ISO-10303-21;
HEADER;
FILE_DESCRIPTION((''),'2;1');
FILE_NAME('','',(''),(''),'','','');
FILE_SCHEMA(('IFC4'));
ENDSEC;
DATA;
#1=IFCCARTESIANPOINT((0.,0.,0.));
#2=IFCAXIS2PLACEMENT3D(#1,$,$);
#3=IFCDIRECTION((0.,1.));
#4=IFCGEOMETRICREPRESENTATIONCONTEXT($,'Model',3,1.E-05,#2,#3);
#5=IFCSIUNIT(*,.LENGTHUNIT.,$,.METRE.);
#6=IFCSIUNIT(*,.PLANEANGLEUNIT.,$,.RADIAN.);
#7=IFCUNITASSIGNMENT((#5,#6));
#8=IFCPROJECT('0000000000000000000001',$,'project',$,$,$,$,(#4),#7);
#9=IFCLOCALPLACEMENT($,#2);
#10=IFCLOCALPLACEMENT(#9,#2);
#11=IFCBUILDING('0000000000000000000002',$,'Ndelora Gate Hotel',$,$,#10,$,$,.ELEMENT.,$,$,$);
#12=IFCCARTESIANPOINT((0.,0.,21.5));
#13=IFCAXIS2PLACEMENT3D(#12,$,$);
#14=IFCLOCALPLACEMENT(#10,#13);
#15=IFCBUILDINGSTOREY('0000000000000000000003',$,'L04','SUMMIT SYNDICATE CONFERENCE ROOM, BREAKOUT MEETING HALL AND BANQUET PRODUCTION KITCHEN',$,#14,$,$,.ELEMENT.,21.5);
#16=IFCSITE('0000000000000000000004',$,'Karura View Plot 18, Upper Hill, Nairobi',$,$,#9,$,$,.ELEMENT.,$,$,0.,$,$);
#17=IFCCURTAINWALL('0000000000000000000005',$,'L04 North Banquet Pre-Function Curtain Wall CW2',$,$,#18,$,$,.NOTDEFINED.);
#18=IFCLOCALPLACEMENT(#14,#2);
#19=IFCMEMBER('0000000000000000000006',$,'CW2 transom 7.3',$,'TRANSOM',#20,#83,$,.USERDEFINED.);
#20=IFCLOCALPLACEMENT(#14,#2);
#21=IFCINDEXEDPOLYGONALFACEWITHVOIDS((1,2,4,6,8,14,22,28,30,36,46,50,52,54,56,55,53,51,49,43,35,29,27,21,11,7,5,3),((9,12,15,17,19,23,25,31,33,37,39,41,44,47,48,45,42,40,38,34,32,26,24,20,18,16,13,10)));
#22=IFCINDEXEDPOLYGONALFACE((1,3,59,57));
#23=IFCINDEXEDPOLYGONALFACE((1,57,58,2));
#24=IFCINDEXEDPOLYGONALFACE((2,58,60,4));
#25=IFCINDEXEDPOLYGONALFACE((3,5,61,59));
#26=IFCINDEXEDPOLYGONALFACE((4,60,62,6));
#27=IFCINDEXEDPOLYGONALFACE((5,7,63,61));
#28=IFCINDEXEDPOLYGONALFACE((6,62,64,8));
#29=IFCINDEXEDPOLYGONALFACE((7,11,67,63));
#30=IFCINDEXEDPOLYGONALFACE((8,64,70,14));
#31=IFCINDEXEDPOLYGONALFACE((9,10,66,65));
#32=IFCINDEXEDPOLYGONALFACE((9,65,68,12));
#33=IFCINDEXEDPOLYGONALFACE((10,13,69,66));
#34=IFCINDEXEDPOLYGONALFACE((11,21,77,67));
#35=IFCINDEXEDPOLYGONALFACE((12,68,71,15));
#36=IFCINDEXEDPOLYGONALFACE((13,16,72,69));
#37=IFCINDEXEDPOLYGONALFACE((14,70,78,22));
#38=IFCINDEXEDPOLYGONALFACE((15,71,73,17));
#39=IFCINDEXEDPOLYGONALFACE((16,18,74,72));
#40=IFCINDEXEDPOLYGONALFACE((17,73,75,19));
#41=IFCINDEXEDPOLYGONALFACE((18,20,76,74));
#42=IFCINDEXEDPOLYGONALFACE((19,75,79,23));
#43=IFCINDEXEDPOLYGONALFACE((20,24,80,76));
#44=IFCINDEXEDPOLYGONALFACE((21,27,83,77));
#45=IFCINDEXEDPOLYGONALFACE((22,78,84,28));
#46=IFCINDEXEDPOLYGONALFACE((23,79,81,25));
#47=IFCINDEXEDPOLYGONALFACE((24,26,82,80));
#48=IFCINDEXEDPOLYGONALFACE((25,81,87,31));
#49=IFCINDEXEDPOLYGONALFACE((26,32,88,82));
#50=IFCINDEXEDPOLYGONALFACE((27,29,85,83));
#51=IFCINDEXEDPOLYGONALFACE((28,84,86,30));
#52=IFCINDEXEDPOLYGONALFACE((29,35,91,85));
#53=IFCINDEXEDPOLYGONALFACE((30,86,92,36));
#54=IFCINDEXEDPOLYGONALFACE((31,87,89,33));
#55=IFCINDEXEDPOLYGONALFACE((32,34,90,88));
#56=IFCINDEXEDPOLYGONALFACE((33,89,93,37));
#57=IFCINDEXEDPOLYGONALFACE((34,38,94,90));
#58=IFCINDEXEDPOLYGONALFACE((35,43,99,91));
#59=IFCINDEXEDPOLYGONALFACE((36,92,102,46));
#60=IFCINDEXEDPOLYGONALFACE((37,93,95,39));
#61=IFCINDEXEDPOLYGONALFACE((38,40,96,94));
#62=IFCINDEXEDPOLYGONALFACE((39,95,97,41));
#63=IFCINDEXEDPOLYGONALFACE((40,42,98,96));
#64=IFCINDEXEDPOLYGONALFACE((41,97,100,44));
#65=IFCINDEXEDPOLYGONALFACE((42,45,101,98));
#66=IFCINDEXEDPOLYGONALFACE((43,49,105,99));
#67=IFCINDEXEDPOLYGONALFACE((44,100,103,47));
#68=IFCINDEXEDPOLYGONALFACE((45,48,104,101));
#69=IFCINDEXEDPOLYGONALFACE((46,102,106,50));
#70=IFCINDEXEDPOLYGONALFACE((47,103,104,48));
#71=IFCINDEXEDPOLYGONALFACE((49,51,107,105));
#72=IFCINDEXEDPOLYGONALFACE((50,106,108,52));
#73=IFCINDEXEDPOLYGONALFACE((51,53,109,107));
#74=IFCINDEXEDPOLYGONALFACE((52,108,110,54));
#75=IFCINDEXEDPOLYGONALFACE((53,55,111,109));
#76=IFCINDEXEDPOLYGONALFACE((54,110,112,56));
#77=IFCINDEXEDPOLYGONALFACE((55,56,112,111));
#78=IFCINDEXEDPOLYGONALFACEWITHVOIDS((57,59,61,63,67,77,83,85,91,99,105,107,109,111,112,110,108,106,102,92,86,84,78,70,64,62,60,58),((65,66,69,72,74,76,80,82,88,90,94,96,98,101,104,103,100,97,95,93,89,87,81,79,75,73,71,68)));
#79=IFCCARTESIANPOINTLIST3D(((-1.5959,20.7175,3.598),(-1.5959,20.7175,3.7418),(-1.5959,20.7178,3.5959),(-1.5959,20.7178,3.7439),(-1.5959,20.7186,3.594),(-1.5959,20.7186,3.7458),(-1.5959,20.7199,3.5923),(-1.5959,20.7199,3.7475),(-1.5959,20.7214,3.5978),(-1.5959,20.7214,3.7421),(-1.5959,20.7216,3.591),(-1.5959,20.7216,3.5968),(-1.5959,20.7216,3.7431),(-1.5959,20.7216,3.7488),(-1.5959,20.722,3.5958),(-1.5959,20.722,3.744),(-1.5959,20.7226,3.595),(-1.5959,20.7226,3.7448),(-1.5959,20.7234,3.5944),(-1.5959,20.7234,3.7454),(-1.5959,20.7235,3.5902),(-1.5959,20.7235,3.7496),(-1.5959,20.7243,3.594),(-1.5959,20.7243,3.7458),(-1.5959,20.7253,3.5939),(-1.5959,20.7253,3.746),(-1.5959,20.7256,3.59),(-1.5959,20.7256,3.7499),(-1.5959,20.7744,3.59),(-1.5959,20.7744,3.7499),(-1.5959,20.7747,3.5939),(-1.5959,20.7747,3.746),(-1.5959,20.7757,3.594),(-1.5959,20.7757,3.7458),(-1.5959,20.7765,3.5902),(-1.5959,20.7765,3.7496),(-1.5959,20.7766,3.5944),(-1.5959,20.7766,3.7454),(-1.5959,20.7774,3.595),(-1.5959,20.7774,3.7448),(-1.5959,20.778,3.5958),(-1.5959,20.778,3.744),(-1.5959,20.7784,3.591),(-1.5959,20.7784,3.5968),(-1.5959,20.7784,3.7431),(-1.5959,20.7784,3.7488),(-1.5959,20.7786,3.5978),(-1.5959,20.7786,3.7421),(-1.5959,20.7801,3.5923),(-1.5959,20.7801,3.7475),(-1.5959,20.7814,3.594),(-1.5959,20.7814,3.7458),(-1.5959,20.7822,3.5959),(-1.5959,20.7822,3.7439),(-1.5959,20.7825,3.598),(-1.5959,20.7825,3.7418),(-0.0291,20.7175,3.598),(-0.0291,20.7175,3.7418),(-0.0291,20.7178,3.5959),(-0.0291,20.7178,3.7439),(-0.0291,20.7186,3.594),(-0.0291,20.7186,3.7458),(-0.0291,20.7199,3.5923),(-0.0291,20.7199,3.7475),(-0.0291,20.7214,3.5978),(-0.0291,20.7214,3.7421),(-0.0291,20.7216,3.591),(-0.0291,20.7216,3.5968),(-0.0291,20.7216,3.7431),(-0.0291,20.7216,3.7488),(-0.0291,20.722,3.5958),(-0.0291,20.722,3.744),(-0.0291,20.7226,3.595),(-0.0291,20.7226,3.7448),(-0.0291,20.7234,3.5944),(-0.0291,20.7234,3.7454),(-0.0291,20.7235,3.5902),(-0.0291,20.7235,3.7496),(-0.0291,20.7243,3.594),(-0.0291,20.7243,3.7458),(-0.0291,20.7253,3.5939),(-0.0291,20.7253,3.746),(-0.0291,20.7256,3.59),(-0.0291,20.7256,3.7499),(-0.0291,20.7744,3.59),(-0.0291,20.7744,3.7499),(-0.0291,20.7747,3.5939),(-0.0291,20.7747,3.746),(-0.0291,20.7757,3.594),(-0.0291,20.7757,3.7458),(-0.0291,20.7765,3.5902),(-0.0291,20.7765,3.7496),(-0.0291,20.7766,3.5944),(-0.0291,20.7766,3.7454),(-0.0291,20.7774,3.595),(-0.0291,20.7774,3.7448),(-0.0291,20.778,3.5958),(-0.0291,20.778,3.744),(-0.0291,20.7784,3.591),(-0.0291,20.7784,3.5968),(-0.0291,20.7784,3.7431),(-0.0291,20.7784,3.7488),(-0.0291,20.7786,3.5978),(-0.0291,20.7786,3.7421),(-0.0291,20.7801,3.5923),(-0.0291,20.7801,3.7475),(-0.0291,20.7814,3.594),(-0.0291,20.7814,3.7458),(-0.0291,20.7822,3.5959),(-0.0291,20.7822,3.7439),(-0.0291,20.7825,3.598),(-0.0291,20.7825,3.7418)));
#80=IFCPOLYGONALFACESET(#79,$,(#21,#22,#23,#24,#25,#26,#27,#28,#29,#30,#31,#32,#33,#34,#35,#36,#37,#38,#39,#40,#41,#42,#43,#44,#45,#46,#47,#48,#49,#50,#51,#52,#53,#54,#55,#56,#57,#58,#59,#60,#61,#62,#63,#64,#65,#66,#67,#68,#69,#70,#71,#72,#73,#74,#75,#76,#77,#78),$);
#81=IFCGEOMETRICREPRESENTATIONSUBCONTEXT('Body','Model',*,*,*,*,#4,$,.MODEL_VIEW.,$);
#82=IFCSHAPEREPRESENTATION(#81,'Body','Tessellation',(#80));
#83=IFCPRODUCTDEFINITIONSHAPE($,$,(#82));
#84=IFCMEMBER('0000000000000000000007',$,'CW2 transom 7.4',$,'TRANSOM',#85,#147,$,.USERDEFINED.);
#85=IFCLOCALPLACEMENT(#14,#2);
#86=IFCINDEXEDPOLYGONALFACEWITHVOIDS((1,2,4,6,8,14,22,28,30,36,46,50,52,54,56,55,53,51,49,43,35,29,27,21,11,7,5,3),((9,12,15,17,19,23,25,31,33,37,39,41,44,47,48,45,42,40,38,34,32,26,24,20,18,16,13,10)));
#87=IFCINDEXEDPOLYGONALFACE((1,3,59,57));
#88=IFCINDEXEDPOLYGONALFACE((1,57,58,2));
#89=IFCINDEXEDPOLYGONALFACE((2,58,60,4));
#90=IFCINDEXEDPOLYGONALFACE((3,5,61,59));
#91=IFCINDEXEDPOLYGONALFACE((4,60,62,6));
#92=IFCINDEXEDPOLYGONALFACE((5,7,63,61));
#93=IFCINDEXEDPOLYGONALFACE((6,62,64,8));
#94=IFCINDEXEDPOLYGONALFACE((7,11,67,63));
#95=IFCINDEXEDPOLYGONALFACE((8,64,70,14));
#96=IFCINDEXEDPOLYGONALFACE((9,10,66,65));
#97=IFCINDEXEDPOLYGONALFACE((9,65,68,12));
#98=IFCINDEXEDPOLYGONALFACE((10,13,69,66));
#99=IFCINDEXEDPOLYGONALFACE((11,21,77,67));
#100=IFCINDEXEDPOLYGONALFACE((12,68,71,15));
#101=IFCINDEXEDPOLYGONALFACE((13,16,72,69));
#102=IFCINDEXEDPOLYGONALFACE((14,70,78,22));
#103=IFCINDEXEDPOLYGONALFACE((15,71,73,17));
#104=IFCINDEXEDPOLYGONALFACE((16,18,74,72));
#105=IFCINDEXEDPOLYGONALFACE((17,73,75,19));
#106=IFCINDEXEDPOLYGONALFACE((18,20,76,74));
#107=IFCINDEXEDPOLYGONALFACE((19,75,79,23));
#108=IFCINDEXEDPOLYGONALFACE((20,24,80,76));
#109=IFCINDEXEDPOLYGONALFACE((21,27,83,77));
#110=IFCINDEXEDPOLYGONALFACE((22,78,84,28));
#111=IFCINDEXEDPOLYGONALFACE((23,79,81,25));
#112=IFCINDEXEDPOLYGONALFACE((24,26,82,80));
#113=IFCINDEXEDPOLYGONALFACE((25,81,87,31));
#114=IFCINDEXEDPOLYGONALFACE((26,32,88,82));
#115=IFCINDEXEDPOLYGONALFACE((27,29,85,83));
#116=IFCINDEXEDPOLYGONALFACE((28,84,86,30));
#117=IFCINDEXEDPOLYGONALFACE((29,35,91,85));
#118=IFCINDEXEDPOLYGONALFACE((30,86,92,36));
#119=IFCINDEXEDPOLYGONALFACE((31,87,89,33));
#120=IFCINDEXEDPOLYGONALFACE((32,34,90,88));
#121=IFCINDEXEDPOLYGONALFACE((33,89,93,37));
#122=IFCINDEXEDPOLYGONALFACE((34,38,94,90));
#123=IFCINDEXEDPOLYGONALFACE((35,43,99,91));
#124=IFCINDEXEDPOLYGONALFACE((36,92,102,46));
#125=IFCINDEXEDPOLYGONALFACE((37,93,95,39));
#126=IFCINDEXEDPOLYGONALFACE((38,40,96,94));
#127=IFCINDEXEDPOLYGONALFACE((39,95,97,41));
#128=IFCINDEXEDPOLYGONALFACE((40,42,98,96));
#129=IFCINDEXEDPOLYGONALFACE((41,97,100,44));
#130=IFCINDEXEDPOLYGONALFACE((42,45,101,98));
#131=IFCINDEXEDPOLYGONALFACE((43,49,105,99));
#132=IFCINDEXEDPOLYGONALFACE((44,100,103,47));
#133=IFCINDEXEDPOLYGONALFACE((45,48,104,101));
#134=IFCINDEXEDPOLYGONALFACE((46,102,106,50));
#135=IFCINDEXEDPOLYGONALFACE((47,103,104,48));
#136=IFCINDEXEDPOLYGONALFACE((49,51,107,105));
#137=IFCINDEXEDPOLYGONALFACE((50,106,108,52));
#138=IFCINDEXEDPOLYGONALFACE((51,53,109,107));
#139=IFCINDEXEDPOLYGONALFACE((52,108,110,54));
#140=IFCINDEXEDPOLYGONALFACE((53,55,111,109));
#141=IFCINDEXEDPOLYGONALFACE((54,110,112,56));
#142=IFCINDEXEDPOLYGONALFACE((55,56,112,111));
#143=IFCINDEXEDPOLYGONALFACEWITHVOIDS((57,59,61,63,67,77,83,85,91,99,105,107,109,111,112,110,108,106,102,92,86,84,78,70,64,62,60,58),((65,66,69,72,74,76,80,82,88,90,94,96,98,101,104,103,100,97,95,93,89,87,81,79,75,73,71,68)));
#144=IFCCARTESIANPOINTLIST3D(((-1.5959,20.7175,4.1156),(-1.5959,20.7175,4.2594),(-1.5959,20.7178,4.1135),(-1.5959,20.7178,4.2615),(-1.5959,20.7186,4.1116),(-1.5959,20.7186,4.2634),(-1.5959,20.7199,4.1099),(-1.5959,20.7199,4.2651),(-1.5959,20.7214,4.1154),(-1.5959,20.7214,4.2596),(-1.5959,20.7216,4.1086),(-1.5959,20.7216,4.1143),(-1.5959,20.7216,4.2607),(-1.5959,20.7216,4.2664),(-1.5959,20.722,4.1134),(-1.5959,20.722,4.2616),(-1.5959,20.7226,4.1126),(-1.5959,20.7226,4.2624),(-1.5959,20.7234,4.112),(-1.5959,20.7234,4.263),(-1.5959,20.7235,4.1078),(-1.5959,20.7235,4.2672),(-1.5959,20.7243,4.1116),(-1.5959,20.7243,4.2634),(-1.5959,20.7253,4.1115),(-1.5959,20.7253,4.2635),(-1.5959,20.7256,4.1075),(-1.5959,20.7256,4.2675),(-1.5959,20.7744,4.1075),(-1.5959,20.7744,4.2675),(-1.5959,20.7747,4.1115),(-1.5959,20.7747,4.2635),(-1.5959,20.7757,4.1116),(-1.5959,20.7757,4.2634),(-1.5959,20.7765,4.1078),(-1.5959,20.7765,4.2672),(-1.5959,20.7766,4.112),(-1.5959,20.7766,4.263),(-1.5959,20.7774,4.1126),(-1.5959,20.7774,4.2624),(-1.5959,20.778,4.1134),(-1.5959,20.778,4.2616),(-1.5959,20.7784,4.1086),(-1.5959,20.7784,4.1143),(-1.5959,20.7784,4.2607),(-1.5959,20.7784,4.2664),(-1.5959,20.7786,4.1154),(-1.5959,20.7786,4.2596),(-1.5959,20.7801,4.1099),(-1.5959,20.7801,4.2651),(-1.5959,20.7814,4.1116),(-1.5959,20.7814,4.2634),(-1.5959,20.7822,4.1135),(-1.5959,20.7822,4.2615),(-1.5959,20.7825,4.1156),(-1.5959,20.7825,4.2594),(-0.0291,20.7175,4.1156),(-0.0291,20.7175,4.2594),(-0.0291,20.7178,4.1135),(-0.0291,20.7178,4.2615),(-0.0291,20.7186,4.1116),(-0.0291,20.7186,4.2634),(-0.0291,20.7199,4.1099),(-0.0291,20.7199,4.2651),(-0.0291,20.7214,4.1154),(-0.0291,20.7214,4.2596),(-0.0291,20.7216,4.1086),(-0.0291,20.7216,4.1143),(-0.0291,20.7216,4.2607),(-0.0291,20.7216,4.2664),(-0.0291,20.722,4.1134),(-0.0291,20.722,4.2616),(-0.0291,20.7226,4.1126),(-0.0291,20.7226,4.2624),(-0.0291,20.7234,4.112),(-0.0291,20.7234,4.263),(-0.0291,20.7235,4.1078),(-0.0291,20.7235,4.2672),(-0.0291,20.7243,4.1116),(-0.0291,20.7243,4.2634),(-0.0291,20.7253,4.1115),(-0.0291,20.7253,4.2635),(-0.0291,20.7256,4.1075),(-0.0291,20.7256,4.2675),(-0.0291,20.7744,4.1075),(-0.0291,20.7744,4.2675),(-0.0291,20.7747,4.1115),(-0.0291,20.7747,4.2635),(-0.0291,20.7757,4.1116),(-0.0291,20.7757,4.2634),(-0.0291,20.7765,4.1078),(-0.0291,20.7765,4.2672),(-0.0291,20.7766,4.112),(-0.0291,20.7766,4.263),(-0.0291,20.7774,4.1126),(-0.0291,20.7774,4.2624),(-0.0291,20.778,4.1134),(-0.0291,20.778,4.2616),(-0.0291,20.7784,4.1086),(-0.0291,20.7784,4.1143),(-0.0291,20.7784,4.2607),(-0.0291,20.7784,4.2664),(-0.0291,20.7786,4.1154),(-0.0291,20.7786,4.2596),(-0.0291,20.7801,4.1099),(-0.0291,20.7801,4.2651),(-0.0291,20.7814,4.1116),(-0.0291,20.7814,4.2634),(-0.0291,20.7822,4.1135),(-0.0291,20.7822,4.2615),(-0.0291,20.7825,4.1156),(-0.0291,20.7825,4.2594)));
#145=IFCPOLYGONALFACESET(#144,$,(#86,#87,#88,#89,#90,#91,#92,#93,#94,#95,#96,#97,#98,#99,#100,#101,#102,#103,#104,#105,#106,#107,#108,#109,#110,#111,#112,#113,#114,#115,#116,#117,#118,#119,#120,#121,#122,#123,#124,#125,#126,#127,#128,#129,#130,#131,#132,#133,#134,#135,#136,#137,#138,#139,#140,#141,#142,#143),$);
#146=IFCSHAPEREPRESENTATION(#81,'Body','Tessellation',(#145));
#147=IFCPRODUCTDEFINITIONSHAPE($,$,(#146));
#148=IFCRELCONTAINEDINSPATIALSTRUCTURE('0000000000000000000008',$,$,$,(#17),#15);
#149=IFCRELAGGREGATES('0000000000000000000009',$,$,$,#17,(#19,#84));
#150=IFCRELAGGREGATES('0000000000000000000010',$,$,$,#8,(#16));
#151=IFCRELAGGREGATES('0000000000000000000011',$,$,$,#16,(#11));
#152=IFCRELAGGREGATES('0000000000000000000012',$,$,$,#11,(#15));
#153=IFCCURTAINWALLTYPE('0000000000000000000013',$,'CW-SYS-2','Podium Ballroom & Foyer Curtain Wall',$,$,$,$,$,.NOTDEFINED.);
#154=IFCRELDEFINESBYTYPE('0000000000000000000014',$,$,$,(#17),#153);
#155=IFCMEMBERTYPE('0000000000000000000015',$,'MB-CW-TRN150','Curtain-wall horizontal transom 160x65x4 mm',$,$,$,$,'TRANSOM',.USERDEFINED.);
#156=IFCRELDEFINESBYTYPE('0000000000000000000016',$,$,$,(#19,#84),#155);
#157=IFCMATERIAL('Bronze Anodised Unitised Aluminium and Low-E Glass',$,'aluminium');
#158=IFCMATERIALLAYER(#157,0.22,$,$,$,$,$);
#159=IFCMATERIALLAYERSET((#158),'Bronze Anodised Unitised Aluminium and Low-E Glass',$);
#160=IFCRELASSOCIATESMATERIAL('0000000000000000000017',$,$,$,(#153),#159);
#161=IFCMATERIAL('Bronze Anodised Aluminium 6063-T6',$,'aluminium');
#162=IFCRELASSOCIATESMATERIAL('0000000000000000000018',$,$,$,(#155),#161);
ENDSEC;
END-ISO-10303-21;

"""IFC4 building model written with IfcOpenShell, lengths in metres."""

from ifc_helpers import new_model, si_unit, direction, frame, origin, origin_2d, place, context, subcontext, project, spatial, hollow_rectangle, extrude, material, layer, layer_set, material_profile, profile_set, type_object, element, aggregate, save


model = new_model("IFC4")

# Units and contexts
model_context = context("Model", 3, precision=1e-05, world=origin(), true_north=direction((0.0, 1.0)))
body_context = subcontext(model_context, "Body", "Model", "MODEL_VIEW")
ifc_project = project(units=[si_unit("LENGTHUNIT", "METRE"), si_unit("PLANEANGLEUNIT", "RADIAN")], contexts=[model_context])

# Site, building, storey
site_placement = place(None, origin())
site = spatial("IfcSite", under=ifc_project, at=site_placement, Name="Karura View Plot 18, Upper Hill, Nairobi", CompositionType="ELEMENT", RefElevation=0.0)
building_placement = place(site_placement, origin())
building = spatial("IfcBuilding", under=site, at=building_placement, Name="Ndelora Gate Hotel", CompositionType="ELEMENT")
storey_placement = place(building_placement, frame((0.0, 0.0, 21.5)))
storey = spatial("IfcBuildingStorey", under=building, at=storey_placement, Name="L04", Description="SUMMIT SYNDICATE CONFERENCE ROOM, BREAKOUT MEETING HALL AND BANQUET PRODUCTION KITCHEN", CompositionType="ELEMENT", Elevation=21.5)

# Curtain wall, members
ifc_material_1 = material(Name="Bronze Anodised Unitised Aluminium and Low-E Glass", Category="aluminium")
ifc_layer_1 = layer(ifc_material_1, 0.22)
ifc_layer_set_1 = layer_set([ifc_layer_1], Name="Bronze Anodised Unitised Aluminium and Low-E Glass")
curtain_wall_type = type_object("IfcCurtainWallType", Name="CW-SYS-2", Description="Podium Ballroom & Foyer Curtain Wall", PredefinedType="NOTDEFINED", material=ifc_layer_set_1)
curtain_wall_placement = place(storey_placement, origin())
curtain_wall = element("IfcCurtainWall", 1, at=curtain_wall_placement, inside=storey, type_object=curtain_wall_type, Name="L04 North Banquet Pre-Function Curtain Wall CW2", PredefinedType="NOTDEFINED")
ifc_material_2 = material(Name="Bronze Anodised Aluminium 6063-T6", Category="aluminium")
ifc_material_profile_1 = material_profile(ifc_material_2, hollow_rectangle(XDim=0.0649, YDim=0.1599, WallThickness=0.0039, InnerFilletRadius=0.0039, OuterFilletRadius=0.0081, at=origin_2d()), Name="ALU 160x65x4")
ifc_profile_set_1 = profile_set([ifc_material_profile_1], Name="Bronze Anodised Aluminium 6063-T6")
member_type_1 = type_object("IfcMemberType", Name="MB-CW-TRN150", Description="Curtain-wall horizontal transom 160x65x4 mm", ElementType="TRANSOM", PredefinedType="USERDEFINED", material=ifc_profile_set_1)
member_1_placement = place(storey_placement, frame((-0.0291, 20.75, 3.6699), z_axis=(-1.0, 0.0, 0.0), x_axis=(0.0, -1.0, 0.0)))
member_1 = element("IfcMember", 2, at=member_1_placement, type_object=member_type_1, Name="CW2 transom 7.3", ObjectType="TRANSOM", PredefinedType="USERDEFINED", context=body_context, shape_type="SweptSolid", body=[
    extrude(hollow_rectangle(XDim=0.0649, YDim=0.1599, WallThickness=0.0039, InnerFilletRadius=0.0039, OuterFilletRadius=0.0081, at=origin_2d()), origin(), (0.0, 0.0, 1.0), 1.5669),
])
member_2_placement = place(storey_placement, frame((-0.0291, 20.75, 4.1875), z_axis=(-1.0, 0.0, 0.0), x_axis=(0.0, -1.0, 0.0)))
member_2 = element("IfcMember", 3, at=member_2_placement, type_object=member_type_1, Name="CW2 transom 7.4", ObjectType="TRANSOM", PredefinedType="USERDEFINED", context=body_context, shape_type="SweptSolid", body=[
    extrude(hollow_rectangle(XDim=0.0649, YDim=0.1599, WallThickness=0.0039, InnerFilletRadius=0.0039, OuterFilletRadius=0.0081, at=origin_2d()), origin(), (0.0, 0.0, 1.0), 1.5669),
])
aggregate(curtain_wall, [member_1, member_2])

save(model, "model.ifc")
